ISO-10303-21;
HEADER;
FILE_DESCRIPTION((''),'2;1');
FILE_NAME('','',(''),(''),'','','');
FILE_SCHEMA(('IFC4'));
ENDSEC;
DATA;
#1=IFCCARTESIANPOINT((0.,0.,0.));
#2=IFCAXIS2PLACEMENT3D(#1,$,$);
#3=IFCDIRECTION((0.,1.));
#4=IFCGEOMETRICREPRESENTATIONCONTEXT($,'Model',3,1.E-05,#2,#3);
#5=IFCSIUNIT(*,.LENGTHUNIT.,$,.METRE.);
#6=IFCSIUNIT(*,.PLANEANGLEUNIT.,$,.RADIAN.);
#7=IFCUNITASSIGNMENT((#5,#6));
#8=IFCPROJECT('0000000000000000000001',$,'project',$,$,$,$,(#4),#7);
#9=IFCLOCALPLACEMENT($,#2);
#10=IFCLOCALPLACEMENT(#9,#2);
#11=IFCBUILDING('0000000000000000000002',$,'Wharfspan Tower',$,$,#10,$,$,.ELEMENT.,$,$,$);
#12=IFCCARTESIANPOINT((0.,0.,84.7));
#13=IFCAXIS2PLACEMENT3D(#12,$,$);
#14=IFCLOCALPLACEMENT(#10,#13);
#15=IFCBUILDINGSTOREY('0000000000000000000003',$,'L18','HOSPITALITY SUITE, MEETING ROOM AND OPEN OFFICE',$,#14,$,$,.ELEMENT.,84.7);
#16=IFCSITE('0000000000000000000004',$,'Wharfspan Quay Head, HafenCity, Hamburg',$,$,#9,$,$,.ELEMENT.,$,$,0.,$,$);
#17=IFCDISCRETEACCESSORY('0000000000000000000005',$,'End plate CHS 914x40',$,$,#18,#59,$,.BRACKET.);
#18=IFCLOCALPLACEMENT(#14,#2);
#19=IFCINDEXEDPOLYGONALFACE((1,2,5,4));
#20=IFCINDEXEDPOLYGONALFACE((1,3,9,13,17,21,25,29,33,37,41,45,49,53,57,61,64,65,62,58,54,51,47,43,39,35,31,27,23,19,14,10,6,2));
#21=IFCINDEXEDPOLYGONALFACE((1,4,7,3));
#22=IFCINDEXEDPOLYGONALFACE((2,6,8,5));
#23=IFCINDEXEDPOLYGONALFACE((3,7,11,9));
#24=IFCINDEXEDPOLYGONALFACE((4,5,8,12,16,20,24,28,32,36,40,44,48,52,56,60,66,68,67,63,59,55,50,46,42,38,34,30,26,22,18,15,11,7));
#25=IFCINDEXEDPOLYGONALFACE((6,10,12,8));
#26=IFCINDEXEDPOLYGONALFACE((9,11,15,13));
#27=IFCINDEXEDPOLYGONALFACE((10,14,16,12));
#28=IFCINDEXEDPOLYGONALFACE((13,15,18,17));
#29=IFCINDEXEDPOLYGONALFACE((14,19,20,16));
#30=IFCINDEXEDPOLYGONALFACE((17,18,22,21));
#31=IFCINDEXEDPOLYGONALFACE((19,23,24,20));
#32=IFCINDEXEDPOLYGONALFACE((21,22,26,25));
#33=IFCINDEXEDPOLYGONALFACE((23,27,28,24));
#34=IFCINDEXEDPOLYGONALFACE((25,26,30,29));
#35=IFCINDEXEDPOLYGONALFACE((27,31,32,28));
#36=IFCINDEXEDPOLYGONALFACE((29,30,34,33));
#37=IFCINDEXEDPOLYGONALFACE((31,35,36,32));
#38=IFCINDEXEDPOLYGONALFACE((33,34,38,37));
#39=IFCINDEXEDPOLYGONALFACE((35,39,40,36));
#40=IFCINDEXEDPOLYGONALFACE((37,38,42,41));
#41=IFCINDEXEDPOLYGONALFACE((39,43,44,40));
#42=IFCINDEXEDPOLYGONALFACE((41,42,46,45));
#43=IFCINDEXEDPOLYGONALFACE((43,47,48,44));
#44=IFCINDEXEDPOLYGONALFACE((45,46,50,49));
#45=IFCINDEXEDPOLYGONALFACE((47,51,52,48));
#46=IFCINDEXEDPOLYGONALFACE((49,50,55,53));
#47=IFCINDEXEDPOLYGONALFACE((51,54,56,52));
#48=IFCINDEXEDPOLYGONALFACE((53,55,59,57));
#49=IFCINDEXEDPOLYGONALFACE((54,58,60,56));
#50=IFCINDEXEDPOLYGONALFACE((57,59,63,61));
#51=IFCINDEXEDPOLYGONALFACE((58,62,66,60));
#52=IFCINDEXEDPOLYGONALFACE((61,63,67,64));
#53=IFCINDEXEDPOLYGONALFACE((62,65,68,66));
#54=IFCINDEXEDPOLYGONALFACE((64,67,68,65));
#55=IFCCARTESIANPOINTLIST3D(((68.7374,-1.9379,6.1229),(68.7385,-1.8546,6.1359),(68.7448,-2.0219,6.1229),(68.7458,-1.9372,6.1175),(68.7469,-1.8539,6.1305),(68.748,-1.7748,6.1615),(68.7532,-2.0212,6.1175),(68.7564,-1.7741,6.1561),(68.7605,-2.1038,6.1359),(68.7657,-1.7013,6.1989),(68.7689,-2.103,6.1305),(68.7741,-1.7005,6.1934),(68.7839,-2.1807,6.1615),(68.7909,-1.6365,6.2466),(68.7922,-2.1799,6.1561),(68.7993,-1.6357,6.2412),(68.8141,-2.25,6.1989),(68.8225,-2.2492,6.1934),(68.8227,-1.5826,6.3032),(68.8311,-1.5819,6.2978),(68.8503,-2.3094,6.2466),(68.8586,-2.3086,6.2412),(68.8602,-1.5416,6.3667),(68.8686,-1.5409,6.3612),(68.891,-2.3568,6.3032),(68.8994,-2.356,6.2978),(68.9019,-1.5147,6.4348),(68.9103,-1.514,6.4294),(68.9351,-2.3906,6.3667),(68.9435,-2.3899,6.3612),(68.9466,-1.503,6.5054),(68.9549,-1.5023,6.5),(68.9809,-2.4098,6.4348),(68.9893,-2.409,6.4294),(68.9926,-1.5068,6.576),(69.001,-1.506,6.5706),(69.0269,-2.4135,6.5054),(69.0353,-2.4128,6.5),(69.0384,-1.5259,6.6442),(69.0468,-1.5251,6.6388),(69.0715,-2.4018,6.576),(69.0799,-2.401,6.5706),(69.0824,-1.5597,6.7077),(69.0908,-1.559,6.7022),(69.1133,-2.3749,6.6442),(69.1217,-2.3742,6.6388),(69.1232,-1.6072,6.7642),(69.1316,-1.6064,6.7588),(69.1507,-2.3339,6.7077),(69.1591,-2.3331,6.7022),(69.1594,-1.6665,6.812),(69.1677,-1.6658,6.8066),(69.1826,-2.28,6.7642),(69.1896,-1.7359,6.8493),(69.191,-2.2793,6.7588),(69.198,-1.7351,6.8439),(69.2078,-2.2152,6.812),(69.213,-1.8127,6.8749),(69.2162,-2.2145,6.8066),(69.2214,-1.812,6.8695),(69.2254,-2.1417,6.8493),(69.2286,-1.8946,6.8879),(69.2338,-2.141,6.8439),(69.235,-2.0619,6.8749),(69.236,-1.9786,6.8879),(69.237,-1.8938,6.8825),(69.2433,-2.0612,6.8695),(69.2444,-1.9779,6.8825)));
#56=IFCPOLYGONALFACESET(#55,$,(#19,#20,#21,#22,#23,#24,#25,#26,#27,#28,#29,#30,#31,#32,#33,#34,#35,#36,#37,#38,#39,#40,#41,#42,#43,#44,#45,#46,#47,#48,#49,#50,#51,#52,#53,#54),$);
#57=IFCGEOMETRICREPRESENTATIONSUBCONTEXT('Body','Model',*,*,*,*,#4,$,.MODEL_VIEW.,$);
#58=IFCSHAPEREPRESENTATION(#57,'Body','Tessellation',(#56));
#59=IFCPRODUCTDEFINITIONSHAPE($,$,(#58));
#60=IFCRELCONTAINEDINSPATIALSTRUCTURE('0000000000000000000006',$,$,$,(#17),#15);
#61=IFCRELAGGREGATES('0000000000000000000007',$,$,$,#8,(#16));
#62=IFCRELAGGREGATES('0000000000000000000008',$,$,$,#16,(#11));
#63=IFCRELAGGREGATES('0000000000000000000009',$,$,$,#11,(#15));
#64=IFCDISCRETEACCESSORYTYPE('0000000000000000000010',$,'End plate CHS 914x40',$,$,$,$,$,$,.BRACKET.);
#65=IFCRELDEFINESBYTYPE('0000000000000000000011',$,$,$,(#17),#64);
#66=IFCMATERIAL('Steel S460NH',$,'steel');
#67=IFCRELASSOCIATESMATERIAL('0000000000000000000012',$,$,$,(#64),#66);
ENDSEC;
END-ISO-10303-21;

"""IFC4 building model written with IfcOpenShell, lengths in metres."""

from ifc_helpers import new_model, si_unit, direction, frame, origin, origin_2d, place, context, subcontext, project, spatial, circle, extrude, material, material_profile, profile_set, type_object, element, save


model = new_model("IFC4")

# Units and contexts
model_context = context("Model", 3, precision=1e-05, world=origin(), true_north=direction((0.0, 1.0)))
body_context = subcontext(model_context, "Body", "Model", "MODEL_VIEW")
ifc_project = project(units=[si_unit("LENGTHUNIT", "METRE"), si_unit("PLANEANGLEUNIT", "RADIAN")], contexts=[model_context])

# Site, building, storey
site_placement = place(None, origin())
site = spatial("IfcSite", under=ifc_project, at=site_placement, Name="Wharfspan Quay Head, HafenCity, Hamburg", CompositionType="ELEMENT", RefElevation=0.0)
building_placement = place(site_placement, origin())
building = spatial("IfcBuilding", under=site, at=building_placement, Name="Wharfspan Tower", CompositionType="ELEMENT")
storey_placement = place(building_placement, frame((0.0, 0.0, 84.7)))
storey = spatial("IfcBuildingStorey", under=building, at=storey_placement, Name="L18", Description="HOSPITALITY SUITE, MEETING ROOM AND OPEN OFFICE", CompositionType="ELEMENT", Elevation=84.7)

# Discrete accessory
ifc_material_1 = material(Name="Steel S460NH", Category="steel")
ifc_material_profile_1 = material_profile(ifc_material_1, circle(Radius=0.457, at=origin_2d()))
ifc_profile_set_1 = profile_set([ifc_material_profile_1], Name="Steel S460NH")
discrete_accessory_type = type_object("IfcDiscreteAccessoryType", Name="End plate CHS 914x40", PredefinedType="BRACKET", material=ifc_profile_set_1)
discrete_accessory_placement = place(storey_placement, frame((68.9951, -1.9575, 6.5), z_axis=(-0.837276, -0.073877, 0.541767), x_axis=(0.087893, -0.996132, -0.000001)))
element("IfcDiscreteAccessory", 1, at=discrete_accessory_placement, inside=storey, type_object=discrete_accessory_type, Name="End plate CHS 914x40", PredefinedType="BRACKET", context=body_context, shape_type="SweptSolid", body=[
    extrude(circle(Radius=0.457, at=origin_2d()), origin(), (0.0, 0.0, 1.0), 0.01),
])

save(model, "model.ifc")
